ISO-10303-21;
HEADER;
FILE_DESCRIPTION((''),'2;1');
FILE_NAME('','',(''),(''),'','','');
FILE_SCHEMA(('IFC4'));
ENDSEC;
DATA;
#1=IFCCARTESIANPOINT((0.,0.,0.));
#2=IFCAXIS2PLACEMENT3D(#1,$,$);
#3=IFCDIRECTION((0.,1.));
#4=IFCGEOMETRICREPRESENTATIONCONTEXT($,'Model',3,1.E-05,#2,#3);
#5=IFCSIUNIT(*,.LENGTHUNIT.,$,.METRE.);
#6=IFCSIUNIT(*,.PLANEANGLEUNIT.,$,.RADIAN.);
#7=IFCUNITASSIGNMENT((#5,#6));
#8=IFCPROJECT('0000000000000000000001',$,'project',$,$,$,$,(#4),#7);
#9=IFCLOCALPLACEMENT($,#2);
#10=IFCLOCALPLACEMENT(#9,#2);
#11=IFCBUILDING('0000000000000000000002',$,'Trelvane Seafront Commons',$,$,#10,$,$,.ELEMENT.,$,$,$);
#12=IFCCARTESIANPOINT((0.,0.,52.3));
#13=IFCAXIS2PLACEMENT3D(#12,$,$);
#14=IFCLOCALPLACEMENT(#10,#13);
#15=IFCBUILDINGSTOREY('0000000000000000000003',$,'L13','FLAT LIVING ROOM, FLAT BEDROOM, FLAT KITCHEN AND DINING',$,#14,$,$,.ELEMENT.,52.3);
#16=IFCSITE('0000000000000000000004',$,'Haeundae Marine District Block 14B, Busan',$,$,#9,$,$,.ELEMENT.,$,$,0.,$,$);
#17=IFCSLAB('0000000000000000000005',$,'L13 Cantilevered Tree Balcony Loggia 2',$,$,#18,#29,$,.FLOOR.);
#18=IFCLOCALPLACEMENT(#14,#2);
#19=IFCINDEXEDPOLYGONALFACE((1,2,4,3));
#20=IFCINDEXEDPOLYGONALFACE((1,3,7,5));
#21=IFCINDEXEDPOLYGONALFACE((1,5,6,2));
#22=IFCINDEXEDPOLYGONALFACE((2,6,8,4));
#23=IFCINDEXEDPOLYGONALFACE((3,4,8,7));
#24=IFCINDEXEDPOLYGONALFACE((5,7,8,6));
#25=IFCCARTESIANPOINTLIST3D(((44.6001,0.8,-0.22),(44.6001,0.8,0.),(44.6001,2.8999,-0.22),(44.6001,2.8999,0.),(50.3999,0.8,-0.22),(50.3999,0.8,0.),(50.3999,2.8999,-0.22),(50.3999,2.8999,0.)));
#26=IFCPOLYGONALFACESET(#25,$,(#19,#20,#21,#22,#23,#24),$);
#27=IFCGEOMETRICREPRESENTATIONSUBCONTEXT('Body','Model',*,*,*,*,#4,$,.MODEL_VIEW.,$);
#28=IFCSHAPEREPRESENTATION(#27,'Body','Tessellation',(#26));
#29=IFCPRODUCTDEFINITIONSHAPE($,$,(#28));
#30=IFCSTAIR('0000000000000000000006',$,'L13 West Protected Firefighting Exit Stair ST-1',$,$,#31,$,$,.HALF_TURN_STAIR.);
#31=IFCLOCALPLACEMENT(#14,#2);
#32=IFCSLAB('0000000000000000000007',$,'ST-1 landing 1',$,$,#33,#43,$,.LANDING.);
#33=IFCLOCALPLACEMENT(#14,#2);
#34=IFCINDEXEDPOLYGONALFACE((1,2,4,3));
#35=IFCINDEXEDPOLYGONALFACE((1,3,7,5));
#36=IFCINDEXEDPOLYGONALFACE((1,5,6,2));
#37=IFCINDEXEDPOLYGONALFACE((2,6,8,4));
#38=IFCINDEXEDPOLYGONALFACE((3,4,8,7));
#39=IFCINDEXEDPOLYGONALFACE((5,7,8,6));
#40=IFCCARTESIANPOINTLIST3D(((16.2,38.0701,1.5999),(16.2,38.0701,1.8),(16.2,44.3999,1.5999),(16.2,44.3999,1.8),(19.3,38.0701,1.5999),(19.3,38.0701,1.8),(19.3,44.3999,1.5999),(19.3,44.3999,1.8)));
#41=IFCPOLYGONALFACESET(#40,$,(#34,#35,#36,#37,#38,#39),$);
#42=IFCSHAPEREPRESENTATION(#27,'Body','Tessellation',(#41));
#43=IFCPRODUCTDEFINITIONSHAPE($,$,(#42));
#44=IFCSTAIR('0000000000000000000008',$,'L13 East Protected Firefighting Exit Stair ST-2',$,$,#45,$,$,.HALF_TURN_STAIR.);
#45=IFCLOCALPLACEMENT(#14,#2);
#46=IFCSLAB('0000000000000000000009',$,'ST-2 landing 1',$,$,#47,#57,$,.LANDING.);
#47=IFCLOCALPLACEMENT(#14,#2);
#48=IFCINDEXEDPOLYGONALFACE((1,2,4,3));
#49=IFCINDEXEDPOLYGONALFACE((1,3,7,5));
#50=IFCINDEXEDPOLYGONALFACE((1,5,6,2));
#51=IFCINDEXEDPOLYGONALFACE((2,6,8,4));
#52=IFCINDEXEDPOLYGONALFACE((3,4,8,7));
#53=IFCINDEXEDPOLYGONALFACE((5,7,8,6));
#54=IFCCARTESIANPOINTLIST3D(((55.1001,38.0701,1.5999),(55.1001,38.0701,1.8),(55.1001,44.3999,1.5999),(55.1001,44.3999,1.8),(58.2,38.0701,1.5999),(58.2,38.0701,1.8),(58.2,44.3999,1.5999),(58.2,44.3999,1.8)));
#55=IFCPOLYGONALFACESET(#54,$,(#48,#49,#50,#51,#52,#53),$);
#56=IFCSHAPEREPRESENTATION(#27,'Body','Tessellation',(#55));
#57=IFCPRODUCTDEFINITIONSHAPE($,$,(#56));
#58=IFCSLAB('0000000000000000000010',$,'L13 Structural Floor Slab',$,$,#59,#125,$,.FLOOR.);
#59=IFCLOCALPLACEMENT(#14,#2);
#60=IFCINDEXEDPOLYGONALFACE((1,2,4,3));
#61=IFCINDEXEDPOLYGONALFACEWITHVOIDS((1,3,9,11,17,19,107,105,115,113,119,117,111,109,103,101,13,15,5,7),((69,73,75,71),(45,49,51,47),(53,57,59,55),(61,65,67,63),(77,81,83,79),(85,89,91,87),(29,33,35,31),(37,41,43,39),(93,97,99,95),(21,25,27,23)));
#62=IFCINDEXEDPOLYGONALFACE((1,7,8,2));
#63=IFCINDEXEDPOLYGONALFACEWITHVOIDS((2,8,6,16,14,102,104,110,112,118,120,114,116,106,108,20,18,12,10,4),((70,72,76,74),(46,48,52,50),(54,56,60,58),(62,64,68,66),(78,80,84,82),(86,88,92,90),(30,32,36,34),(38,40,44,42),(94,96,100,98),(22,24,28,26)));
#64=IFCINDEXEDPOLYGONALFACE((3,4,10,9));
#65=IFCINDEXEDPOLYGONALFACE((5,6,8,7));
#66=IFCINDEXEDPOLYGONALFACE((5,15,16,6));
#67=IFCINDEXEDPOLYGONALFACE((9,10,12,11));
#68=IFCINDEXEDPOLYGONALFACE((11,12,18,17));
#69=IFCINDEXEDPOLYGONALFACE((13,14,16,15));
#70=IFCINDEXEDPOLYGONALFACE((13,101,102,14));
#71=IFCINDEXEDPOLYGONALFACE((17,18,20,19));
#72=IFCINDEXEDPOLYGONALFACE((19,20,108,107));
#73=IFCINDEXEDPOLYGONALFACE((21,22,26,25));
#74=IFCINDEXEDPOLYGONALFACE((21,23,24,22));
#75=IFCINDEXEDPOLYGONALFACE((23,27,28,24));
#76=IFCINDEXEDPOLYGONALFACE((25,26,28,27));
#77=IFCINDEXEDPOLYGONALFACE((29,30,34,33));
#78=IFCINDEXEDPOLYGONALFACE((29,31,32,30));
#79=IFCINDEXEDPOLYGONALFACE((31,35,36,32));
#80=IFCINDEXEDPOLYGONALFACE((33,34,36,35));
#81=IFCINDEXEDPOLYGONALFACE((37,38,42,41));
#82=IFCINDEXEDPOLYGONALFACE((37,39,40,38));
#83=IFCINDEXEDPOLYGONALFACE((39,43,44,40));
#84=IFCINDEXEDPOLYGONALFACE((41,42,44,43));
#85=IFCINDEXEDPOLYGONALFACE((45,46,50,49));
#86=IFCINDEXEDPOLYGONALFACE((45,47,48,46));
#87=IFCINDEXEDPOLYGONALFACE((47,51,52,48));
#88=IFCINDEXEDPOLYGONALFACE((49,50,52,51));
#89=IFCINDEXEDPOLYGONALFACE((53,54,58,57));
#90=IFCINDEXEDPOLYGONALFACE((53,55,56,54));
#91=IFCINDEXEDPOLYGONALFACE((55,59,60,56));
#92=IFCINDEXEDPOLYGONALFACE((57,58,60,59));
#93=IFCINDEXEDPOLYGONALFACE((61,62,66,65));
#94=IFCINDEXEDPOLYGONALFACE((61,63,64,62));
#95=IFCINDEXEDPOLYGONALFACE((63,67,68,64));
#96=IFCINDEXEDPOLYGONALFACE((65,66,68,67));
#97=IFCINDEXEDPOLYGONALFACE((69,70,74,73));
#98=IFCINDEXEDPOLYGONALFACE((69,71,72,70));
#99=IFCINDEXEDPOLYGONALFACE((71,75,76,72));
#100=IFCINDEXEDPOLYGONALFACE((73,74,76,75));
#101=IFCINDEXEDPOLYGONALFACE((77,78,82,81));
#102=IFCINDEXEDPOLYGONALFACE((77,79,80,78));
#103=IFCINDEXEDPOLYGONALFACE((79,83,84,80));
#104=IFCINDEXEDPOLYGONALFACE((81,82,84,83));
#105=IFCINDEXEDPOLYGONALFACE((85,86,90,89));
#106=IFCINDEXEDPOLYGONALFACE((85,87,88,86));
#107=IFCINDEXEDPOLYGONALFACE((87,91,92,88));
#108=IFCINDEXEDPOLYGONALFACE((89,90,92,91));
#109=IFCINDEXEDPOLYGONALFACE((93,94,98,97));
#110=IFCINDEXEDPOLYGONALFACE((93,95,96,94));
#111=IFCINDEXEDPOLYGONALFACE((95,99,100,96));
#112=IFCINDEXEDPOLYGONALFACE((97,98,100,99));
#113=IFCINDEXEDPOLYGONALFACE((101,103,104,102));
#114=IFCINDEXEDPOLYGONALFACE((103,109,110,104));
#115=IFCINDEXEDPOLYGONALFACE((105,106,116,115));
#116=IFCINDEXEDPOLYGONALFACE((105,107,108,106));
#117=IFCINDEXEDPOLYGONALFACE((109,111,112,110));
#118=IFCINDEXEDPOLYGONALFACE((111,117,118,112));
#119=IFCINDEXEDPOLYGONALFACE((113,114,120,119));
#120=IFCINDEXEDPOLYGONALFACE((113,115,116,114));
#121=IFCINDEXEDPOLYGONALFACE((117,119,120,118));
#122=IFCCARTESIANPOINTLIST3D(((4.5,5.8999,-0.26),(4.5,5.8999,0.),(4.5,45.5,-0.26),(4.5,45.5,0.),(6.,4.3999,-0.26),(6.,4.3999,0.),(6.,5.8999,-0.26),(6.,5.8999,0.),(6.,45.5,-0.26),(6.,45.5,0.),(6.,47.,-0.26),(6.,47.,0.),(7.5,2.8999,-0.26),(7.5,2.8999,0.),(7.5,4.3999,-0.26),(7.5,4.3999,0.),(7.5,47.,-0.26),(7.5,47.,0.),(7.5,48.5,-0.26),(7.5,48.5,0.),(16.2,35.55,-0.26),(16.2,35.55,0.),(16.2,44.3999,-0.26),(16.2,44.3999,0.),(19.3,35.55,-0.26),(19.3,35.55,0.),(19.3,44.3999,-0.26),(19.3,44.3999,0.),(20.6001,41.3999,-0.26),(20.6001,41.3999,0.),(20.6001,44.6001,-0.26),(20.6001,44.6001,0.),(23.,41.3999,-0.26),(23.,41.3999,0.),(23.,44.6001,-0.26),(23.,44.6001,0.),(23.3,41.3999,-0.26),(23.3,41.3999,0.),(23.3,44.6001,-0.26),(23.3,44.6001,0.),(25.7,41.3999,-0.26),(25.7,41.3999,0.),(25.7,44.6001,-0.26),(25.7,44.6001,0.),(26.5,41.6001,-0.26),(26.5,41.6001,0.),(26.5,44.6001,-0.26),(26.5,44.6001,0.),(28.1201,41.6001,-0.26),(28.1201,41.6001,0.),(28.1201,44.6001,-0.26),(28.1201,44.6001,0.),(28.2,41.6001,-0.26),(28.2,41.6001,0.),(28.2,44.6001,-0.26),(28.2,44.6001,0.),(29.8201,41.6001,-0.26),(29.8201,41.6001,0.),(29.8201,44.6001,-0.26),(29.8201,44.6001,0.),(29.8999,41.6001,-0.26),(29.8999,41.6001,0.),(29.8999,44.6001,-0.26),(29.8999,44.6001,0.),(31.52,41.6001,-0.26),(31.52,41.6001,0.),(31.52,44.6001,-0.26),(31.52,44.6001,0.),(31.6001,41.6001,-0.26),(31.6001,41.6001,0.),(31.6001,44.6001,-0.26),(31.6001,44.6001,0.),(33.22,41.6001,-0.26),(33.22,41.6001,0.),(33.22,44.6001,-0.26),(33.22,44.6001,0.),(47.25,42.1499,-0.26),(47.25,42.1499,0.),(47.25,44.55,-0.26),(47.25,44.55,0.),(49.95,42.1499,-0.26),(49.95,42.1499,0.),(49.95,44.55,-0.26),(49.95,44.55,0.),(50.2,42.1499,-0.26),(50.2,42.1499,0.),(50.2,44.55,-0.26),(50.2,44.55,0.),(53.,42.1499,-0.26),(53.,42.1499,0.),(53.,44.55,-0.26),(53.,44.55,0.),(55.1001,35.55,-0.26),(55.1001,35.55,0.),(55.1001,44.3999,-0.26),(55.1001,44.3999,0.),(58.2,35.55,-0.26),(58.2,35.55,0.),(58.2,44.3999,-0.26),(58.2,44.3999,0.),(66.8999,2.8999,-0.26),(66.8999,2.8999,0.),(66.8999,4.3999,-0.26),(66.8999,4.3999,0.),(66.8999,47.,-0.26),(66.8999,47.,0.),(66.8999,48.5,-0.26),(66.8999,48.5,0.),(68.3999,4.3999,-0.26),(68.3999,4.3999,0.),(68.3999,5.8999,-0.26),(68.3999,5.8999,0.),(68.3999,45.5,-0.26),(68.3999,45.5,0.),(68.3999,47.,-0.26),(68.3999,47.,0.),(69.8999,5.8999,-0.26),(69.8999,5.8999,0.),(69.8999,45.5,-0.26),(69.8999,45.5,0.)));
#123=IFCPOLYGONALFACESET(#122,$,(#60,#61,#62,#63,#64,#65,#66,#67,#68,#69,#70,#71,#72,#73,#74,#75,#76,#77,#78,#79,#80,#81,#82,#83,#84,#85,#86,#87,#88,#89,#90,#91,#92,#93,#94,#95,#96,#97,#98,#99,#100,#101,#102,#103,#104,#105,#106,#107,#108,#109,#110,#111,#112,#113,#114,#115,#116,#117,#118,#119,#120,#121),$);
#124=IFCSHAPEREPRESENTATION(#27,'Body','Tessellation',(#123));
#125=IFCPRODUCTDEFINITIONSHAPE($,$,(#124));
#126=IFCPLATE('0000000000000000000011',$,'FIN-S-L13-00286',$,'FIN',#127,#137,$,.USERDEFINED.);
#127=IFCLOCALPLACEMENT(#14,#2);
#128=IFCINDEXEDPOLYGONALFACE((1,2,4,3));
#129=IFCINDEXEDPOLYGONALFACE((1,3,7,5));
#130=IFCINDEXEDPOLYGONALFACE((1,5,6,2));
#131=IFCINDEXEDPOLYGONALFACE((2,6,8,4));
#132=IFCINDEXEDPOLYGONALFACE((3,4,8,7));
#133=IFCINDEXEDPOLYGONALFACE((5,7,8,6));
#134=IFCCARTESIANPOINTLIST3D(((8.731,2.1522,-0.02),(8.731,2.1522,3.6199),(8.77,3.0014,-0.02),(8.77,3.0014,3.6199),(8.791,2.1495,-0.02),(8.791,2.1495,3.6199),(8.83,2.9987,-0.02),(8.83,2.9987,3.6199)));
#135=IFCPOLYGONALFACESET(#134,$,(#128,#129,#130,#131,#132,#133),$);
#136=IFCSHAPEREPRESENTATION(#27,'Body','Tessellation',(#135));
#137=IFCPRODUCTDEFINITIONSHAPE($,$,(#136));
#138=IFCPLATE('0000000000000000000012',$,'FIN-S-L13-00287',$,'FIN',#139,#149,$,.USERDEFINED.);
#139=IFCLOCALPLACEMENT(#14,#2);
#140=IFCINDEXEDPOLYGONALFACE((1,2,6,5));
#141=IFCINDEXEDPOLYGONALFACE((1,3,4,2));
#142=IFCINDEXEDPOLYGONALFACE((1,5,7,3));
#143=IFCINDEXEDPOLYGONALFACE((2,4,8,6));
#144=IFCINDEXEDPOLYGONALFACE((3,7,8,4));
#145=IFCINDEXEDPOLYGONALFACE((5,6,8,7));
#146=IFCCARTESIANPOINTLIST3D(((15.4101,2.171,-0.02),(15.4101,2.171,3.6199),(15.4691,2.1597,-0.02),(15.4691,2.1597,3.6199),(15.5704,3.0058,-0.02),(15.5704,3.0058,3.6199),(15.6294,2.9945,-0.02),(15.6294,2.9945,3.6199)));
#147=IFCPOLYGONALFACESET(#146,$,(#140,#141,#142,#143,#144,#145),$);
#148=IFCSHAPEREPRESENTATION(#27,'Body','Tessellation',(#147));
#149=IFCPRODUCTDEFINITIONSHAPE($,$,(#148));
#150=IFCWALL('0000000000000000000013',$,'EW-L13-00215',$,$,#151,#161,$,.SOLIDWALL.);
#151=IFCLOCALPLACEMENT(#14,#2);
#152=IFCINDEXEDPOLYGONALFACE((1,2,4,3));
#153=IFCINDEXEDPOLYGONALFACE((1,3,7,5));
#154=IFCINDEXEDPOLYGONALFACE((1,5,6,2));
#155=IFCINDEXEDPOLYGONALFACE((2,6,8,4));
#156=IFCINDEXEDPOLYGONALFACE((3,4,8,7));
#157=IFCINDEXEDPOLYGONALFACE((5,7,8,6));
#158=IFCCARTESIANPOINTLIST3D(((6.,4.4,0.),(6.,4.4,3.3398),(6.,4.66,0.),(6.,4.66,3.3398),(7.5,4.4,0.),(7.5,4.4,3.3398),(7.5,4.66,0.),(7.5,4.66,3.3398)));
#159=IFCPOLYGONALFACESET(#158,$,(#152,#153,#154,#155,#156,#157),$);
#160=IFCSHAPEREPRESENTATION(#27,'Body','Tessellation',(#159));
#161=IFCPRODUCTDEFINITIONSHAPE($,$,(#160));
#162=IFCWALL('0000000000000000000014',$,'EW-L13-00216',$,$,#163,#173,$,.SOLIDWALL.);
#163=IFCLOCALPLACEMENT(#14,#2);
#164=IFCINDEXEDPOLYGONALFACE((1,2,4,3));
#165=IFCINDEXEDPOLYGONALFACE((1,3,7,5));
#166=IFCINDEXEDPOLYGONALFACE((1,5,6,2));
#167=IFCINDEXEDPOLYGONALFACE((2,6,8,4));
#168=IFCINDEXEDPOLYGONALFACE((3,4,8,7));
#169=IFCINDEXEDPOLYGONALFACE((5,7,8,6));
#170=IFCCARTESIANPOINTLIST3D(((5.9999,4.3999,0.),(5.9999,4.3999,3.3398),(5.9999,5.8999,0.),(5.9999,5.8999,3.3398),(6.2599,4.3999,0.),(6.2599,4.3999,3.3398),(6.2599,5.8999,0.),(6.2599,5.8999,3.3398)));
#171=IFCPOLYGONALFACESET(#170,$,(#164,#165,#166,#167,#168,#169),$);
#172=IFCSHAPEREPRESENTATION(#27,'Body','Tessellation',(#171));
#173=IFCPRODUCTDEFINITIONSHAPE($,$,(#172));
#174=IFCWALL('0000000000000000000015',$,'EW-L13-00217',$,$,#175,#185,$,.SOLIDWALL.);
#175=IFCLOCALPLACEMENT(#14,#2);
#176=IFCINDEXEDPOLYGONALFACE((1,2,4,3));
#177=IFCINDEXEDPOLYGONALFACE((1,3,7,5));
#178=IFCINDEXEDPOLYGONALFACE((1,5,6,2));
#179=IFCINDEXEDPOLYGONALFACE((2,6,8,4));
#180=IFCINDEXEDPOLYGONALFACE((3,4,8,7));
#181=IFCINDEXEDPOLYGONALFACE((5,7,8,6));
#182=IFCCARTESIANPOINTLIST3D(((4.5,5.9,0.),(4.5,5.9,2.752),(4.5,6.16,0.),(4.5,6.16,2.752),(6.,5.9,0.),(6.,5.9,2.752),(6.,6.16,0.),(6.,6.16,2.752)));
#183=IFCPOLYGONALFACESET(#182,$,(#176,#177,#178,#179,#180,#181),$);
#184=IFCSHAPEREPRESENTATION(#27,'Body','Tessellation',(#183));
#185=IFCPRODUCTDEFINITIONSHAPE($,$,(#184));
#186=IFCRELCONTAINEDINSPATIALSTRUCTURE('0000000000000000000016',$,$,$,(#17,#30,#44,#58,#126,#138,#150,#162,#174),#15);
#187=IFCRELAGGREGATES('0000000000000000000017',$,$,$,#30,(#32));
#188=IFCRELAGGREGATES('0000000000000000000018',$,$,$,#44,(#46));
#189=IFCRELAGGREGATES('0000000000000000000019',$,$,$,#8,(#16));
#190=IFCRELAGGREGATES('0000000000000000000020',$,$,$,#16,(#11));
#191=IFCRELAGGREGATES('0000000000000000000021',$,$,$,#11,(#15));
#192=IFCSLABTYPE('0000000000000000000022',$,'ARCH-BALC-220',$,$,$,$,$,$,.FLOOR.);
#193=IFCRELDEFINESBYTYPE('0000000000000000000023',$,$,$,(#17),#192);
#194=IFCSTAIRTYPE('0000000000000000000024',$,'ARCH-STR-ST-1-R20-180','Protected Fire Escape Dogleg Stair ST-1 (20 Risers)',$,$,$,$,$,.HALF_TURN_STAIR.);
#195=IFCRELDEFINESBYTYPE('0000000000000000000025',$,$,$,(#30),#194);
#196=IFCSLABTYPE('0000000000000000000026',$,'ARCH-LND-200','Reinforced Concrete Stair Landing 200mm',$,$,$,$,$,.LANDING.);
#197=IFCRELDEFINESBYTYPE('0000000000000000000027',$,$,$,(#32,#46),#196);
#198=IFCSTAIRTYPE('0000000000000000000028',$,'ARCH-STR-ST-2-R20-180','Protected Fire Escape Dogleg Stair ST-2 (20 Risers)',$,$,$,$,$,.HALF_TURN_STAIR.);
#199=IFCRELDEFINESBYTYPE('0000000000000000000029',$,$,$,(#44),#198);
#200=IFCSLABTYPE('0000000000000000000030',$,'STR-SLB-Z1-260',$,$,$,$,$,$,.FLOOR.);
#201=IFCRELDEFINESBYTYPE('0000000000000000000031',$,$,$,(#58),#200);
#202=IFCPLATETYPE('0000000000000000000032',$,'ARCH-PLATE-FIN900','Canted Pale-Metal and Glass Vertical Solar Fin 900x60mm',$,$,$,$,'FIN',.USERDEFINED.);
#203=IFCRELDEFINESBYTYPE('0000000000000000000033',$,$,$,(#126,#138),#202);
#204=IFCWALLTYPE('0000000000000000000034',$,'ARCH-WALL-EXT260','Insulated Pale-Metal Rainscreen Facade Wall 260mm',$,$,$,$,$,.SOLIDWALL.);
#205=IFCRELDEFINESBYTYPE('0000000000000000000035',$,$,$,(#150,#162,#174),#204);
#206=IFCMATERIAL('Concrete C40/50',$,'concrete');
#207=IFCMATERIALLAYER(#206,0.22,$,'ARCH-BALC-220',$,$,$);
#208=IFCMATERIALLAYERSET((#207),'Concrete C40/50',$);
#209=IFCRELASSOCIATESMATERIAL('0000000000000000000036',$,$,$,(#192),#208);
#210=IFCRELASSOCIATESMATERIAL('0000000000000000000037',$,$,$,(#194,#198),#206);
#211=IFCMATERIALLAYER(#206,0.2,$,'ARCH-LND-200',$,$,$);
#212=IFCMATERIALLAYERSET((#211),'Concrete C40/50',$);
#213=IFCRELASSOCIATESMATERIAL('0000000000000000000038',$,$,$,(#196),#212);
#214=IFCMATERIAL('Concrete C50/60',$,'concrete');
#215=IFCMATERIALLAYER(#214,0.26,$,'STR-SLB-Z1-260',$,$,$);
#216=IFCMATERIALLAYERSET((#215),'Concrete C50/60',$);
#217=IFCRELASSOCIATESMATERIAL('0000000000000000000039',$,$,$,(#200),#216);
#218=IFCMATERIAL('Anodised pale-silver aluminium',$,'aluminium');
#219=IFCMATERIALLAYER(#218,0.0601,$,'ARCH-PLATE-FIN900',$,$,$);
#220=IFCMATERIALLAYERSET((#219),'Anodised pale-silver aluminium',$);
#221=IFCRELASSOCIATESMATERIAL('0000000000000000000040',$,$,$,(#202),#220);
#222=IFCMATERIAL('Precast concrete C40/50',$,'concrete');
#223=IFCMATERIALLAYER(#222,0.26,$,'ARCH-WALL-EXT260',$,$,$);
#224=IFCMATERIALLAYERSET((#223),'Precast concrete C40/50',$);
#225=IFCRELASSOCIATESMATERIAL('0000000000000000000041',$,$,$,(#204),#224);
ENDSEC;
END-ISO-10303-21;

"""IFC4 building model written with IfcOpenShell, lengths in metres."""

from ifc_helpers import new_model, si_unit, direction, frame, frame_2d, origin, origin_2d, place, context, subcontext, project, spatial, polyline, rectangle, outline, extrude, source, transform, mapped, material, layer, layer_set, type_object, element, aggregate, save


model = new_model("IFC4")

# Units and contexts
model_context = context("Model", 3, precision=1e-05, world=origin(), true_north=direction((0.0, 1.0)))
body_context = subcontext(model_context, "Body", "Model", "MODEL_VIEW")
ifc_project = project(units=[si_unit("LENGTHUNIT", "METRE"), si_unit("PLANEANGLEUNIT", "RADIAN")], contexts=[model_context])

# Site, building, storey
site_placement = place(None, origin())
site = spatial("IfcSite", under=ifc_project, at=site_placement, Name="Haeundae Marine District Block 14B, Busan", CompositionType="ELEMENT", RefElevation=0.0)
building_placement = place(site_placement, origin())
building = spatial("IfcBuilding", under=site, at=building_placement, Name="Trelvane Seafront Commons", CompositionType="ELEMENT")
storey_placement = place(building_placement, frame((0.0, 0.0, 52.3)))
storey = spatial("IfcBuildingStorey", under=building, at=storey_placement, Name="L13", Description="FLAT LIVING ROOM, FLAT BEDROOM, FLAT KITCHEN AND DINING", CompositionType="ELEMENT", Elevation=52.3)

# Slab
ifc_material_1 = material(Name="Concrete C40/50", Category="concrete")
ifc_layer_1 = layer(ifc_material_1, 0.22, Name="ARCH-BALC-220")
ifc_layer_set_1 = layer_set([ifc_layer_1], Name="Concrete C40/50")
slab_type_1 = type_object("IfcSlabType", Name="ARCH-BALC-220", PredefinedType="FLOOR", material=ifc_layer_set_1)
slab_1_placement = place(storey_placement, frame((0.0, 0.0, -0.22)))
element("IfcSlab", 1, at=slab_1_placement, inside=storey, type_object=slab_type_1, Name="L13 Cantilevered Tree Balcony Loggia 2", PredefinedType="FLOOR", context=body_context, shape_type="SweptSolid", body=[
    extrude(outline(polyline([(44.6001, 0.8), (50.3999, 0.8), (50.3999, 2.8999), (44.6001, 2.8999), (44.6001, 0.8)])), origin(), (0.0, 0.0, 1.0), 0.22),
])

# Stairs, slabs
stair_type_1 = type_object("IfcStairType", Name="ARCH-STR-ST-1-R20-180", Description="Protected Fire Escape Dogleg Stair ST-1 (20 Risers)", PredefinedType="HALF_TURN_STAIR", material=ifc_material_1)
stair_1_placement = place(storey_placement, origin())
stair_1 = element("IfcStair", 2, at=stair_1_placement, inside=storey, type_object=stair_type_1, Name="L13 West Protected Firefighting Exit Stair ST-1", PredefinedType="HALF_TURN_STAIR")
ifc_layer_2 = layer(ifc_material_1, 0.2, Name="ARCH-LND-200")
ifc_layer_set_2 = layer_set([ifc_layer_2], Name="Concrete C40/50")
slab_type_2 = type_object("IfcSlabType", Name="ARCH-LND-200", Description="Reinforced Concrete Stair Landing 200mm", PredefinedType="LANDING", material=ifc_layer_set_2)
slab_2_placement = place(storey_placement, frame((0.0, 0.0, 1.5999)))
slab_2 = element("IfcSlab", 3, at=slab_2_placement, type_object=slab_type_2, Name="ST-1 landing 1", PredefinedType="LANDING", context=body_context, shape_type="SweptSolid", body=[
    extrude(outline(polyline([(19.3, 38.0701), (19.3, 44.3999), (16.2, 44.3999), (16.2, 38.0701), (19.3, 38.0701)])), origin(), (0.0, 0.0, 1.0), 0.2002),
])
aggregate(stair_1, [slab_2])
stair_type_2 = type_object("IfcStairType", Name="ARCH-STR-ST-2-R20-180", Description="Protected Fire Escape Dogleg Stair ST-2 (20 Risers)", PredefinedType="HALF_TURN_STAIR", material=ifc_material_1)
stair_2_placement = place(storey_placement, origin())
stair_2 = element("IfcStair", 4, at=stair_2_placement, inside=storey, type_object=stair_type_2, Name="L13 East Protected Firefighting Exit Stair ST-2", PredefinedType="HALF_TURN_STAIR")
slab_3_placement = place(storey_placement, frame((0.0, 0.0, 1.5999)))
slab_3 = element("IfcSlab", 5, at=slab_3_placement, type_object=slab_type_2, Name="ST-2 landing 1", PredefinedType="LANDING", context=body_context, shape_type="SweptSolid", body=[
    extrude(outline(polyline([(58.2, 38.0701), (58.2, 44.3999), (55.1001, 44.3999), (55.1001, 38.0701), (58.2, 38.0701)])), origin(), (0.0, 0.0, 1.0), 0.2002),
])
aggregate(stair_2, [slab_3])

# Slab
ifc_material_2 = material(Name="Concrete C50/60", Category="concrete")
ifc_layer_3 = layer(ifc_material_2, 0.26, Name="STR-SLB-Z1-260")
ifc_layer_set_3 = layer_set([ifc_layer_3], Name="Concrete C50/60")
slab_type_3 = type_object("IfcSlabType", Name="STR-SLB-Z1-260", PredefinedType="FLOOR", material=ifc_layer_set_3)
slab_4_placement = place(storey_placement, frame((0.0, 0.0, -0.26)))
element("IfcSlab", 6, at=slab_4_placement, inside=storey, type_object=slab_type_3, Name="L13 Structural Floor Slab", PredefinedType="FLOOR", context=body_context, shape_type="SweptSolid", body=[
    extrude(outline(polyline([(7.5, 2.8999), (66.8999, 2.8999), (66.8999, 4.3999), (68.3999, 4.3999), (68.3999, 5.8999), (69.8999, 5.8999), (69.8999, 45.5), (68.3999, 45.5), (68.3999, 47.0), (66.8999, 47.0), (66.8999, 48.5), (7.5, 48.5), (7.5, 47.0), (6.0, 47.0), (6.0, 45.5), (4.5, 45.5), (4.5, 5.8999), (6.0, 5.8999), (6.0, 4.3999), (7.5, 4.3999), (7.5, 2.8999)]), holes=[polyline([(19.3, 35.55), (16.2, 35.55), (16.2, 44.3999), (19.3, 44.3999), (19.3, 35.55)]), polyline([(58.2, 35.55), (55.1001, 35.55), (55.1001, 44.3999), (58.2, 44.3999), (58.2, 35.55)]), polyline([(23.0, 41.3999), (20.6001, 41.3999), (20.6001, 44.6001), (23.0, 44.6001), (23.0, 41.3999)]), polyline([(23.3, 41.3999), (23.3, 44.6001), (25.7, 44.6001), (25.7, 41.3999), (23.3, 41.3999)]), polyline([(26.5, 41.6001), (26.5, 44.6001), (28.1201, 44.6001), (28.1201, 41.6001), (26.5, 41.6001)]), polyline([(29.8201, 41.6001), (28.2, 41.6001), (28.2, 44.6001), (29.8201, 44.6001), (29.8201, 41.6001)]), polyline([(31.52, 41.6001), (29.8999, 41.6001), (29.8999, 44.6001), (31.52, 44.6001), (31.52, 41.6001)]), polyline([(33.22, 41.6001), (31.6001, 41.6001), (31.6001, 44.6001), (33.22, 44.6001), (33.22, 41.6001)]), polyline([(47.25, 42.1499), (47.25, 44.55), (49.95, 44.55), (49.95, 42.1499), (47.25, 42.1499)]), polyline([(50.2, 42.1499), (50.2, 44.55), (53.0, 44.55), (53.0, 42.1499), (50.2, 42.1499)])]), origin(), (0.0, 0.0, 1.0), 0.26),
])

# Plates
ifc_material_3 = material(Name="Anodised pale-silver aluminium", Category="aluminium")
ifc_layer_4 = layer(ifc_material_3, 0.0601, Name="ARCH-PLATE-FIN900")
ifc_layer_set_4 = layer_set([ifc_layer_4], Name="Anodised pale-silver aluminium")
plate_type = type_object("IfcPlateType", Name="ARCH-PLATE-FIN900", Description="Canted Pale-Metal and Glass Vertical Solar Fin 900x60mm", ElementType="FIN", PredefinedType="USERDEFINED", material=ifc_layer_set_4)
shared_shape_1 = source(origin(), body_context, "Body", "SweptSolid", [
    extrude(rectangle(XDim=0.8501, YDim=0.0601, at=origin_2d()), origin(), (0.0, 0.0, 1.0), 3.6399),
])
for number, where, z_axis, x_axis, name in (
    (7, (8.7805, 2.5754, -0.02), (0.0, 0.0, 1.0), (-0.045883, -0.998947, 0.0), "FIN-S-L13-00286"),
    (8, (15.5198, 2.5828, -0.02), (0.0, 0.0, 1.0), (-0.188598, -0.982054, 0.0), "FIN-S-L13-00287"),
):
    element("IfcPlate", number, at=place(storey_placement, frame(where, z_axis=z_axis, x_axis=x_axis)), inside=storey, type_object=plate_type, Name=name, ObjectType="FIN", PredefinedType="USERDEFINED", context=body_context, shape_type="MappedRepresentation", body=[
        mapped(shared_shape_1, transform((0.0, 0.0, 0.0), x_axis=(1.0, 0.0, 0.0), y_axis=(0.0, 1.0, 0.0), z_axis=(0.0, 0.0, 1.0), scale=1.0)),
    ])

# Walls
ifc_material_4 = material(Name="Precast concrete C40/50", Category="concrete")
ifc_layer_5 = layer(ifc_material_4, 0.26, Name="ARCH-WALL-EXT260")
ifc_layer_set_5 = layer_set([ifc_layer_5], Name="Precast concrete C40/50")
wall_type_1 = type_object("IfcWallType", Name="ARCH-WALL-EXT260", Description="Insulated Pale-Metal Rainscreen Facade Wall 260mm", PredefinedType="SOLIDWALL", material=ifc_layer_set_5)
for number, where, z_axis, x_axis, name in (
    (9, (7.5, 4.53, 0.0), (0.0, 0.0, 1.0), (-1.0, 0.0, 0.0), "EW-L13-00215"),
    (10, (6.1299, 4.3999, 0.0), (0.0, 0.0, 1.0), (0.0, 1.0, 0.0), "EW-L13-00216"),
):
    element("IfcWall", number, at=place(storey_placement, frame(where, z_axis=z_axis, x_axis=x_axis)), inside=storey, type_object=wall_type_1, Name=name, PredefinedType="SOLIDWALL", context=body_context, shape_type="SweptSolid", body=[
        extrude(rectangle(XDim=1.5, YDim=0.26, at=frame_2d((0.75, 0.0))), origin(), (0.0, 0.0, 1.0), 3.3398),
    ])
wall_1_placement = place(storey_placement, frame((6.0, 6.03, 0.0), z_axis=(0.0, 0.0, 1.0), x_axis=(-1.0, 0.0, 0.0)))
element("IfcWall", 11, at=wall_1_placement, inside=storey, type_object=wall_type_1, Name="EW-L13-00217", PredefinedType="SOLIDWALL", context=body_context, shape_type="SweptSolid", body=[
    extrude(rectangle(XDim=1.5, YDim=0.26, at=frame_2d((0.75, 0.0))), origin(), (0.0, 0.0, 1.0), 2.752),
])

save(model, "model.ifc")
